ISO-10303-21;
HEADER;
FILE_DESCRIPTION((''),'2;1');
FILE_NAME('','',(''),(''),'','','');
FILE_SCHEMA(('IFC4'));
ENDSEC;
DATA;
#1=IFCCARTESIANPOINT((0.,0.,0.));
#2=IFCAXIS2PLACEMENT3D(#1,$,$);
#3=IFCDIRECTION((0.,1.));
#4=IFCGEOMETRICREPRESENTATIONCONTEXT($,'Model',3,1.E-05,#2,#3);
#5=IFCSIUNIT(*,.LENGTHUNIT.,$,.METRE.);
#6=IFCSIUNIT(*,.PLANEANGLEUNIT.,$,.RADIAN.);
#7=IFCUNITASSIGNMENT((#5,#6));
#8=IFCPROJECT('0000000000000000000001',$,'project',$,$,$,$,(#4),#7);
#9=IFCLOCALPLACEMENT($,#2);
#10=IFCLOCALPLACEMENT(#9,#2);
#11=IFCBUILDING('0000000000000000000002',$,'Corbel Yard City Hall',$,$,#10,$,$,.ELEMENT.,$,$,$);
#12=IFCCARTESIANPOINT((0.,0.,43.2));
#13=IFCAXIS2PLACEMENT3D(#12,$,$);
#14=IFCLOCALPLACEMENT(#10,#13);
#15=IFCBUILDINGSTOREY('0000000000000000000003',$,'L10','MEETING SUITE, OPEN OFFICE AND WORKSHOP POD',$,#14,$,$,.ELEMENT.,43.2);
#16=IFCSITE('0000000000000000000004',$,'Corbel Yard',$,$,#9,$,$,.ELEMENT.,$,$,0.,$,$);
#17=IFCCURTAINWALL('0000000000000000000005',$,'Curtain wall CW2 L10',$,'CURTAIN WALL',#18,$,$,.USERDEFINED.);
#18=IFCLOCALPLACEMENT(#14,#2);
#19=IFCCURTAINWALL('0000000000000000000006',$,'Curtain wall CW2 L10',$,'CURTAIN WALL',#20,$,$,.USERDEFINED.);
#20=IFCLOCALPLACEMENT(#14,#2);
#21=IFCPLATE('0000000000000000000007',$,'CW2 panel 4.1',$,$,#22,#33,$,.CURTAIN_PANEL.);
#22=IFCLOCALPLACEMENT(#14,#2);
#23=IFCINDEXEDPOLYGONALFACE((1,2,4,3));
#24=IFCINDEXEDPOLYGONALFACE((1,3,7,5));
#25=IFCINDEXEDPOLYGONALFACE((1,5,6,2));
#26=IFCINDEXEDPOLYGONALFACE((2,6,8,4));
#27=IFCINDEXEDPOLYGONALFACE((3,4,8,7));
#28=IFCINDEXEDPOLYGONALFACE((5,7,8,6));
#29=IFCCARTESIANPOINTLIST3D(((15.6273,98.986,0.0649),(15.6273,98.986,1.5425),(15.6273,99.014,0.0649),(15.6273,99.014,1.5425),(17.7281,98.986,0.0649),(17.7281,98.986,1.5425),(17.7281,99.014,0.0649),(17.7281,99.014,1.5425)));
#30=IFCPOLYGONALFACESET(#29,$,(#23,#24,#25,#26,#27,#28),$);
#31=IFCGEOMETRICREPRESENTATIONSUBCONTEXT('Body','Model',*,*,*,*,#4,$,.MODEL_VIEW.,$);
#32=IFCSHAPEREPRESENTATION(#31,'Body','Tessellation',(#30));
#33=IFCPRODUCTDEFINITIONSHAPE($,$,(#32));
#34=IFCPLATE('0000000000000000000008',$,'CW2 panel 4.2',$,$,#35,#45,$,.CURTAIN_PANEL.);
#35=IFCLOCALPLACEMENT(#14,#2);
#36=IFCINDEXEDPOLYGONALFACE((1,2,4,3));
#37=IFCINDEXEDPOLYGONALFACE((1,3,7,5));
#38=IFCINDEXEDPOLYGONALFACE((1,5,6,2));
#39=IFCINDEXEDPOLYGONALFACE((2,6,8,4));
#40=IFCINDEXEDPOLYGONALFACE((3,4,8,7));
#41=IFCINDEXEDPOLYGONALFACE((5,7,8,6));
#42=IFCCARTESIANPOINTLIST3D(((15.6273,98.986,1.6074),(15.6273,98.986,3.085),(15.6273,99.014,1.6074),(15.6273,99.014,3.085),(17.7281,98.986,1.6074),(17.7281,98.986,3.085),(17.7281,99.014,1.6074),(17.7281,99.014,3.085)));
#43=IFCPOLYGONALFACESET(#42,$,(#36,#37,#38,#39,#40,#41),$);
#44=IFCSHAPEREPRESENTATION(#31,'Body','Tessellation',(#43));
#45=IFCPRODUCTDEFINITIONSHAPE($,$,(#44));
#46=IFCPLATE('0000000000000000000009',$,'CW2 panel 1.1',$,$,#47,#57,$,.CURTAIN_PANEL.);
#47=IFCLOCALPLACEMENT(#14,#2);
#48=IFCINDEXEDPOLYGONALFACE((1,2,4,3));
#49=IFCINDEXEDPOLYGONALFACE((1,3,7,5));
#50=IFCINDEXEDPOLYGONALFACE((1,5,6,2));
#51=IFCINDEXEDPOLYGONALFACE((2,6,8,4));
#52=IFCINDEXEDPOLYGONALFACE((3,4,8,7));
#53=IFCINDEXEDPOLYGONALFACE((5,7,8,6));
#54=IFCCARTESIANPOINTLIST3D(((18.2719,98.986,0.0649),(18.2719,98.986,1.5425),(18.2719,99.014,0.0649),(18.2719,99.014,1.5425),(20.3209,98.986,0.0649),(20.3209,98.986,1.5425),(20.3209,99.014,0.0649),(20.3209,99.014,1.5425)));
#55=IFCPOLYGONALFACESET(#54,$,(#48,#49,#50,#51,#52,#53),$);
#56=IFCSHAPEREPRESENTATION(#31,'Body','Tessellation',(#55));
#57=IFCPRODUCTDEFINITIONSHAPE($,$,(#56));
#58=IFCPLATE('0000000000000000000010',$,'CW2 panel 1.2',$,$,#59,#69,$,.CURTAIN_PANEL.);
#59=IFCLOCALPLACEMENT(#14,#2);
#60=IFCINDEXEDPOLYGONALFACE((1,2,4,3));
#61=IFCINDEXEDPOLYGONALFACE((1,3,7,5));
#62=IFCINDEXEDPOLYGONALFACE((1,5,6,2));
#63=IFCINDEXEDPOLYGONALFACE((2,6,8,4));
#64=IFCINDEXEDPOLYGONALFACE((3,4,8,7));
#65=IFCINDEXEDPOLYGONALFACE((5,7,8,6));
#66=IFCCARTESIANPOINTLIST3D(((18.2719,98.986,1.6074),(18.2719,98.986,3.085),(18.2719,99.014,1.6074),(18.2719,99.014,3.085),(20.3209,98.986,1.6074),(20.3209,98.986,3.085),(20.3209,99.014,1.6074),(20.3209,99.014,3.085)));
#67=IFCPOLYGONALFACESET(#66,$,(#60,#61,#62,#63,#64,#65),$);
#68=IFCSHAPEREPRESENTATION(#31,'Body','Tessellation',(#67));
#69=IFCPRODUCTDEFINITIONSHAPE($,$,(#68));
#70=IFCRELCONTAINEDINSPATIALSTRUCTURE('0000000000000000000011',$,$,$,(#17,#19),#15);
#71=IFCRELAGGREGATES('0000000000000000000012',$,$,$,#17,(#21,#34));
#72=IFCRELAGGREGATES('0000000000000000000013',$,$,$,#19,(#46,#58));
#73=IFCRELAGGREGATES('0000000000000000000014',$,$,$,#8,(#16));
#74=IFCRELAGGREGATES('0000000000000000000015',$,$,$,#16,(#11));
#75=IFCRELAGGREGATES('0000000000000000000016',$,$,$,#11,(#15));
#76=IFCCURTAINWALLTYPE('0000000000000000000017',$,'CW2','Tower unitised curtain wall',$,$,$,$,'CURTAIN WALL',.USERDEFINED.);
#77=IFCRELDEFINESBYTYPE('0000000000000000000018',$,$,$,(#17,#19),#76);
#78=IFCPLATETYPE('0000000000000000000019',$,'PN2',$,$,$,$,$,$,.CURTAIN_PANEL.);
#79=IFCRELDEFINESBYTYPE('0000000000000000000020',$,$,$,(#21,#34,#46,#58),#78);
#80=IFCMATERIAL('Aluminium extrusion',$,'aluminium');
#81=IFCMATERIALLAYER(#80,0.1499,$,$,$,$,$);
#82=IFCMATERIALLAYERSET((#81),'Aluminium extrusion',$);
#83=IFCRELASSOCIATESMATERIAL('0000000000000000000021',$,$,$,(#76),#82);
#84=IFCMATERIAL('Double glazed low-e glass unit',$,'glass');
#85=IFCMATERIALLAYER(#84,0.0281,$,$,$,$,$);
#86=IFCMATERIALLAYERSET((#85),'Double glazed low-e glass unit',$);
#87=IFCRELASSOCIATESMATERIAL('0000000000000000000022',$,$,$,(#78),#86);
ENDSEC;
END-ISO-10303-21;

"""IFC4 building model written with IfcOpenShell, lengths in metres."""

from ifc_helpers import new_model, si_unit, direction, frame, origin, origin_2d, place, context, subcontext, project, spatial, rectangle, extrude, material, layer, layer_set, type_object, element, aggregate, save


model = new_model("IFC4")

# Units and contexts
model_context = context("Model", 3, precision=1e-05, world=origin(), true_north=direction((0.0, 1.0)))
body_context = subcontext(model_context, "Body", "Model", "MODEL_VIEW")
ifc_project = project(units=[si_unit("LENGTHUNIT", "METRE"), si_unit("PLANEANGLEUNIT", "RADIAN")], contexts=[model_context])

# Site, building, storey
site_placement = place(None, origin())
site = spatial("IfcSite", under=ifc_project, at=site_placement, Name="Corbel Yard", CompositionType="ELEMENT", RefElevation=0.0)
building_placement = place(site_placement, origin())
building = spatial("IfcBuilding", under=site, at=building_placement, Name="Corbel Yard City Hall", CompositionType="ELEMENT")
storey_placement = place(building_placement, frame((0.0, 0.0, 43.2)))
storey = spatial("IfcBuildingStorey", under=building, at=storey_placement, Name="L10", Description="MEETING SUITE, OPEN OFFICE AND WORKSHOP POD", CompositionType="ELEMENT", Elevation=43.2)

# Curtain walls
ifc_material_1 = material(Name="Aluminium extrusion", Category="aluminium")
ifc_layer_1 = layer(ifc_material_1, 0.1499)
ifc_layer_set_1 = layer_set([ifc_layer_1], Name="Aluminium extrusion")
curtain_wall_type = type_object("IfcCurtainWallType", Name="CW2", Description="Tower unitised curtain wall", ElementType="CURTAIN WALL", PredefinedType="USERDEFINED", material=ifc_layer_set_1)
curtain_wall_1_placement = place(storey_placement, origin())
curtain_wall_1 = element("IfcCurtainWall", 1, at=curtain_wall_1_placement, inside=storey, type_object=curtain_wall_type, Name="Curtain wall CW2 L10", ObjectType="CURTAIN WALL", PredefinedType="USERDEFINED")
curtain_wall_2_placement = place(storey_placement, origin())
curtain_wall_2 = element("IfcCurtainWall", 2, at=curtain_wall_2_placement, inside=storey, type_object=curtain_wall_type, Name="Curtain wall CW2 L10", ObjectType="CURTAIN WALL", PredefinedType="USERDEFINED")

# Plates
ifc_material_2 = material(Name="Double glazed low-e glass unit", Category="glass")
ifc_layer_2 = layer(ifc_material_2, 0.0281)
ifc_layer_set_2 = layer_set([ifc_layer_2], Name="Double glazed low-e glass unit")
plate_type = type_object("IfcPlateType", Name="PN2", PredefinedType="CURTAIN_PANEL", material=ifc_layer_set_2)
plate_1_placement = place(storey_placement, frame((16.6777, 99.0, 0.0649), z_axis=(0.0, 0.0, 1.0), x_axis=(1.0, 0.0, 0.0)))
plate_1 = element("IfcPlate", 3, at=plate_1_placement, type_object=plate_type, Name="CW2 panel 4.1", PredefinedType="CURTAIN_PANEL", context=body_context, shape_type="SweptSolid", body=[
    extrude(rectangle(XDim=2.1008, YDim=0.0281, at=origin_2d()), origin(), (0.0, 0.0, 1.0), 1.4775),
])
plate_2_placement = place(storey_placement, frame((16.6777, 99.0, 1.6074), z_axis=(0.0, 0.0, 1.0), x_axis=(1.0, 0.0, 0.0)))
plate_2 = element("IfcPlate", 4, at=plate_2_placement, type_object=plate_type, Name="CW2 panel 4.2", PredefinedType="CURTAIN_PANEL", context=body_context, shape_type="SweptSolid", body=[
    extrude(rectangle(XDim=2.1008, YDim=0.0281, at=origin_2d()), origin(), (0.0, 0.0, 1.0), 1.4775),
])
aggregate(curtain_wall_1, [plate_1, plate_2])
plate_3_placement = place(storey_placement, frame((19.2964, 99.0, 0.0649), z_axis=(0.0, 0.0, 1.0), x_axis=(1.0, 0.0, 0.0)))
plate_3 = element("IfcPlate", 5, at=plate_3_placement, type_object=plate_type, Name="CW2 panel 1.1", PredefinedType="CURTAIN_PANEL", context=body_context, shape_type="SweptSolid", body=[
    extrude(rectangle(XDim=2.0491, YDim=0.0281, at=origin_2d()), origin(), (0.0, 0.0, 1.0), 1.4775),
])
plate_4_placement = place(storey_placement, frame((19.2964, 99.0, 1.6074), z_axis=(0.0, 0.0, 1.0), x_axis=(1.0, 0.0, 0.0)))
plate_4 = element("IfcPlate", 6, at=plate_4_placement, type_object=plate_type, Name="CW2 panel 1.2", PredefinedType="CURTAIN_PANEL", context=body_context, shape_type="SweptSolid", body=[
    extrude(rectangle(XDim=2.0491, YDim=0.0281, at=origin_2d()), origin(), (0.0, 0.0, 1.0), 1.4775),
])
aggregate(curtain_wall_2, [plate_3, plate_4])

save(model, "model.ifc")
